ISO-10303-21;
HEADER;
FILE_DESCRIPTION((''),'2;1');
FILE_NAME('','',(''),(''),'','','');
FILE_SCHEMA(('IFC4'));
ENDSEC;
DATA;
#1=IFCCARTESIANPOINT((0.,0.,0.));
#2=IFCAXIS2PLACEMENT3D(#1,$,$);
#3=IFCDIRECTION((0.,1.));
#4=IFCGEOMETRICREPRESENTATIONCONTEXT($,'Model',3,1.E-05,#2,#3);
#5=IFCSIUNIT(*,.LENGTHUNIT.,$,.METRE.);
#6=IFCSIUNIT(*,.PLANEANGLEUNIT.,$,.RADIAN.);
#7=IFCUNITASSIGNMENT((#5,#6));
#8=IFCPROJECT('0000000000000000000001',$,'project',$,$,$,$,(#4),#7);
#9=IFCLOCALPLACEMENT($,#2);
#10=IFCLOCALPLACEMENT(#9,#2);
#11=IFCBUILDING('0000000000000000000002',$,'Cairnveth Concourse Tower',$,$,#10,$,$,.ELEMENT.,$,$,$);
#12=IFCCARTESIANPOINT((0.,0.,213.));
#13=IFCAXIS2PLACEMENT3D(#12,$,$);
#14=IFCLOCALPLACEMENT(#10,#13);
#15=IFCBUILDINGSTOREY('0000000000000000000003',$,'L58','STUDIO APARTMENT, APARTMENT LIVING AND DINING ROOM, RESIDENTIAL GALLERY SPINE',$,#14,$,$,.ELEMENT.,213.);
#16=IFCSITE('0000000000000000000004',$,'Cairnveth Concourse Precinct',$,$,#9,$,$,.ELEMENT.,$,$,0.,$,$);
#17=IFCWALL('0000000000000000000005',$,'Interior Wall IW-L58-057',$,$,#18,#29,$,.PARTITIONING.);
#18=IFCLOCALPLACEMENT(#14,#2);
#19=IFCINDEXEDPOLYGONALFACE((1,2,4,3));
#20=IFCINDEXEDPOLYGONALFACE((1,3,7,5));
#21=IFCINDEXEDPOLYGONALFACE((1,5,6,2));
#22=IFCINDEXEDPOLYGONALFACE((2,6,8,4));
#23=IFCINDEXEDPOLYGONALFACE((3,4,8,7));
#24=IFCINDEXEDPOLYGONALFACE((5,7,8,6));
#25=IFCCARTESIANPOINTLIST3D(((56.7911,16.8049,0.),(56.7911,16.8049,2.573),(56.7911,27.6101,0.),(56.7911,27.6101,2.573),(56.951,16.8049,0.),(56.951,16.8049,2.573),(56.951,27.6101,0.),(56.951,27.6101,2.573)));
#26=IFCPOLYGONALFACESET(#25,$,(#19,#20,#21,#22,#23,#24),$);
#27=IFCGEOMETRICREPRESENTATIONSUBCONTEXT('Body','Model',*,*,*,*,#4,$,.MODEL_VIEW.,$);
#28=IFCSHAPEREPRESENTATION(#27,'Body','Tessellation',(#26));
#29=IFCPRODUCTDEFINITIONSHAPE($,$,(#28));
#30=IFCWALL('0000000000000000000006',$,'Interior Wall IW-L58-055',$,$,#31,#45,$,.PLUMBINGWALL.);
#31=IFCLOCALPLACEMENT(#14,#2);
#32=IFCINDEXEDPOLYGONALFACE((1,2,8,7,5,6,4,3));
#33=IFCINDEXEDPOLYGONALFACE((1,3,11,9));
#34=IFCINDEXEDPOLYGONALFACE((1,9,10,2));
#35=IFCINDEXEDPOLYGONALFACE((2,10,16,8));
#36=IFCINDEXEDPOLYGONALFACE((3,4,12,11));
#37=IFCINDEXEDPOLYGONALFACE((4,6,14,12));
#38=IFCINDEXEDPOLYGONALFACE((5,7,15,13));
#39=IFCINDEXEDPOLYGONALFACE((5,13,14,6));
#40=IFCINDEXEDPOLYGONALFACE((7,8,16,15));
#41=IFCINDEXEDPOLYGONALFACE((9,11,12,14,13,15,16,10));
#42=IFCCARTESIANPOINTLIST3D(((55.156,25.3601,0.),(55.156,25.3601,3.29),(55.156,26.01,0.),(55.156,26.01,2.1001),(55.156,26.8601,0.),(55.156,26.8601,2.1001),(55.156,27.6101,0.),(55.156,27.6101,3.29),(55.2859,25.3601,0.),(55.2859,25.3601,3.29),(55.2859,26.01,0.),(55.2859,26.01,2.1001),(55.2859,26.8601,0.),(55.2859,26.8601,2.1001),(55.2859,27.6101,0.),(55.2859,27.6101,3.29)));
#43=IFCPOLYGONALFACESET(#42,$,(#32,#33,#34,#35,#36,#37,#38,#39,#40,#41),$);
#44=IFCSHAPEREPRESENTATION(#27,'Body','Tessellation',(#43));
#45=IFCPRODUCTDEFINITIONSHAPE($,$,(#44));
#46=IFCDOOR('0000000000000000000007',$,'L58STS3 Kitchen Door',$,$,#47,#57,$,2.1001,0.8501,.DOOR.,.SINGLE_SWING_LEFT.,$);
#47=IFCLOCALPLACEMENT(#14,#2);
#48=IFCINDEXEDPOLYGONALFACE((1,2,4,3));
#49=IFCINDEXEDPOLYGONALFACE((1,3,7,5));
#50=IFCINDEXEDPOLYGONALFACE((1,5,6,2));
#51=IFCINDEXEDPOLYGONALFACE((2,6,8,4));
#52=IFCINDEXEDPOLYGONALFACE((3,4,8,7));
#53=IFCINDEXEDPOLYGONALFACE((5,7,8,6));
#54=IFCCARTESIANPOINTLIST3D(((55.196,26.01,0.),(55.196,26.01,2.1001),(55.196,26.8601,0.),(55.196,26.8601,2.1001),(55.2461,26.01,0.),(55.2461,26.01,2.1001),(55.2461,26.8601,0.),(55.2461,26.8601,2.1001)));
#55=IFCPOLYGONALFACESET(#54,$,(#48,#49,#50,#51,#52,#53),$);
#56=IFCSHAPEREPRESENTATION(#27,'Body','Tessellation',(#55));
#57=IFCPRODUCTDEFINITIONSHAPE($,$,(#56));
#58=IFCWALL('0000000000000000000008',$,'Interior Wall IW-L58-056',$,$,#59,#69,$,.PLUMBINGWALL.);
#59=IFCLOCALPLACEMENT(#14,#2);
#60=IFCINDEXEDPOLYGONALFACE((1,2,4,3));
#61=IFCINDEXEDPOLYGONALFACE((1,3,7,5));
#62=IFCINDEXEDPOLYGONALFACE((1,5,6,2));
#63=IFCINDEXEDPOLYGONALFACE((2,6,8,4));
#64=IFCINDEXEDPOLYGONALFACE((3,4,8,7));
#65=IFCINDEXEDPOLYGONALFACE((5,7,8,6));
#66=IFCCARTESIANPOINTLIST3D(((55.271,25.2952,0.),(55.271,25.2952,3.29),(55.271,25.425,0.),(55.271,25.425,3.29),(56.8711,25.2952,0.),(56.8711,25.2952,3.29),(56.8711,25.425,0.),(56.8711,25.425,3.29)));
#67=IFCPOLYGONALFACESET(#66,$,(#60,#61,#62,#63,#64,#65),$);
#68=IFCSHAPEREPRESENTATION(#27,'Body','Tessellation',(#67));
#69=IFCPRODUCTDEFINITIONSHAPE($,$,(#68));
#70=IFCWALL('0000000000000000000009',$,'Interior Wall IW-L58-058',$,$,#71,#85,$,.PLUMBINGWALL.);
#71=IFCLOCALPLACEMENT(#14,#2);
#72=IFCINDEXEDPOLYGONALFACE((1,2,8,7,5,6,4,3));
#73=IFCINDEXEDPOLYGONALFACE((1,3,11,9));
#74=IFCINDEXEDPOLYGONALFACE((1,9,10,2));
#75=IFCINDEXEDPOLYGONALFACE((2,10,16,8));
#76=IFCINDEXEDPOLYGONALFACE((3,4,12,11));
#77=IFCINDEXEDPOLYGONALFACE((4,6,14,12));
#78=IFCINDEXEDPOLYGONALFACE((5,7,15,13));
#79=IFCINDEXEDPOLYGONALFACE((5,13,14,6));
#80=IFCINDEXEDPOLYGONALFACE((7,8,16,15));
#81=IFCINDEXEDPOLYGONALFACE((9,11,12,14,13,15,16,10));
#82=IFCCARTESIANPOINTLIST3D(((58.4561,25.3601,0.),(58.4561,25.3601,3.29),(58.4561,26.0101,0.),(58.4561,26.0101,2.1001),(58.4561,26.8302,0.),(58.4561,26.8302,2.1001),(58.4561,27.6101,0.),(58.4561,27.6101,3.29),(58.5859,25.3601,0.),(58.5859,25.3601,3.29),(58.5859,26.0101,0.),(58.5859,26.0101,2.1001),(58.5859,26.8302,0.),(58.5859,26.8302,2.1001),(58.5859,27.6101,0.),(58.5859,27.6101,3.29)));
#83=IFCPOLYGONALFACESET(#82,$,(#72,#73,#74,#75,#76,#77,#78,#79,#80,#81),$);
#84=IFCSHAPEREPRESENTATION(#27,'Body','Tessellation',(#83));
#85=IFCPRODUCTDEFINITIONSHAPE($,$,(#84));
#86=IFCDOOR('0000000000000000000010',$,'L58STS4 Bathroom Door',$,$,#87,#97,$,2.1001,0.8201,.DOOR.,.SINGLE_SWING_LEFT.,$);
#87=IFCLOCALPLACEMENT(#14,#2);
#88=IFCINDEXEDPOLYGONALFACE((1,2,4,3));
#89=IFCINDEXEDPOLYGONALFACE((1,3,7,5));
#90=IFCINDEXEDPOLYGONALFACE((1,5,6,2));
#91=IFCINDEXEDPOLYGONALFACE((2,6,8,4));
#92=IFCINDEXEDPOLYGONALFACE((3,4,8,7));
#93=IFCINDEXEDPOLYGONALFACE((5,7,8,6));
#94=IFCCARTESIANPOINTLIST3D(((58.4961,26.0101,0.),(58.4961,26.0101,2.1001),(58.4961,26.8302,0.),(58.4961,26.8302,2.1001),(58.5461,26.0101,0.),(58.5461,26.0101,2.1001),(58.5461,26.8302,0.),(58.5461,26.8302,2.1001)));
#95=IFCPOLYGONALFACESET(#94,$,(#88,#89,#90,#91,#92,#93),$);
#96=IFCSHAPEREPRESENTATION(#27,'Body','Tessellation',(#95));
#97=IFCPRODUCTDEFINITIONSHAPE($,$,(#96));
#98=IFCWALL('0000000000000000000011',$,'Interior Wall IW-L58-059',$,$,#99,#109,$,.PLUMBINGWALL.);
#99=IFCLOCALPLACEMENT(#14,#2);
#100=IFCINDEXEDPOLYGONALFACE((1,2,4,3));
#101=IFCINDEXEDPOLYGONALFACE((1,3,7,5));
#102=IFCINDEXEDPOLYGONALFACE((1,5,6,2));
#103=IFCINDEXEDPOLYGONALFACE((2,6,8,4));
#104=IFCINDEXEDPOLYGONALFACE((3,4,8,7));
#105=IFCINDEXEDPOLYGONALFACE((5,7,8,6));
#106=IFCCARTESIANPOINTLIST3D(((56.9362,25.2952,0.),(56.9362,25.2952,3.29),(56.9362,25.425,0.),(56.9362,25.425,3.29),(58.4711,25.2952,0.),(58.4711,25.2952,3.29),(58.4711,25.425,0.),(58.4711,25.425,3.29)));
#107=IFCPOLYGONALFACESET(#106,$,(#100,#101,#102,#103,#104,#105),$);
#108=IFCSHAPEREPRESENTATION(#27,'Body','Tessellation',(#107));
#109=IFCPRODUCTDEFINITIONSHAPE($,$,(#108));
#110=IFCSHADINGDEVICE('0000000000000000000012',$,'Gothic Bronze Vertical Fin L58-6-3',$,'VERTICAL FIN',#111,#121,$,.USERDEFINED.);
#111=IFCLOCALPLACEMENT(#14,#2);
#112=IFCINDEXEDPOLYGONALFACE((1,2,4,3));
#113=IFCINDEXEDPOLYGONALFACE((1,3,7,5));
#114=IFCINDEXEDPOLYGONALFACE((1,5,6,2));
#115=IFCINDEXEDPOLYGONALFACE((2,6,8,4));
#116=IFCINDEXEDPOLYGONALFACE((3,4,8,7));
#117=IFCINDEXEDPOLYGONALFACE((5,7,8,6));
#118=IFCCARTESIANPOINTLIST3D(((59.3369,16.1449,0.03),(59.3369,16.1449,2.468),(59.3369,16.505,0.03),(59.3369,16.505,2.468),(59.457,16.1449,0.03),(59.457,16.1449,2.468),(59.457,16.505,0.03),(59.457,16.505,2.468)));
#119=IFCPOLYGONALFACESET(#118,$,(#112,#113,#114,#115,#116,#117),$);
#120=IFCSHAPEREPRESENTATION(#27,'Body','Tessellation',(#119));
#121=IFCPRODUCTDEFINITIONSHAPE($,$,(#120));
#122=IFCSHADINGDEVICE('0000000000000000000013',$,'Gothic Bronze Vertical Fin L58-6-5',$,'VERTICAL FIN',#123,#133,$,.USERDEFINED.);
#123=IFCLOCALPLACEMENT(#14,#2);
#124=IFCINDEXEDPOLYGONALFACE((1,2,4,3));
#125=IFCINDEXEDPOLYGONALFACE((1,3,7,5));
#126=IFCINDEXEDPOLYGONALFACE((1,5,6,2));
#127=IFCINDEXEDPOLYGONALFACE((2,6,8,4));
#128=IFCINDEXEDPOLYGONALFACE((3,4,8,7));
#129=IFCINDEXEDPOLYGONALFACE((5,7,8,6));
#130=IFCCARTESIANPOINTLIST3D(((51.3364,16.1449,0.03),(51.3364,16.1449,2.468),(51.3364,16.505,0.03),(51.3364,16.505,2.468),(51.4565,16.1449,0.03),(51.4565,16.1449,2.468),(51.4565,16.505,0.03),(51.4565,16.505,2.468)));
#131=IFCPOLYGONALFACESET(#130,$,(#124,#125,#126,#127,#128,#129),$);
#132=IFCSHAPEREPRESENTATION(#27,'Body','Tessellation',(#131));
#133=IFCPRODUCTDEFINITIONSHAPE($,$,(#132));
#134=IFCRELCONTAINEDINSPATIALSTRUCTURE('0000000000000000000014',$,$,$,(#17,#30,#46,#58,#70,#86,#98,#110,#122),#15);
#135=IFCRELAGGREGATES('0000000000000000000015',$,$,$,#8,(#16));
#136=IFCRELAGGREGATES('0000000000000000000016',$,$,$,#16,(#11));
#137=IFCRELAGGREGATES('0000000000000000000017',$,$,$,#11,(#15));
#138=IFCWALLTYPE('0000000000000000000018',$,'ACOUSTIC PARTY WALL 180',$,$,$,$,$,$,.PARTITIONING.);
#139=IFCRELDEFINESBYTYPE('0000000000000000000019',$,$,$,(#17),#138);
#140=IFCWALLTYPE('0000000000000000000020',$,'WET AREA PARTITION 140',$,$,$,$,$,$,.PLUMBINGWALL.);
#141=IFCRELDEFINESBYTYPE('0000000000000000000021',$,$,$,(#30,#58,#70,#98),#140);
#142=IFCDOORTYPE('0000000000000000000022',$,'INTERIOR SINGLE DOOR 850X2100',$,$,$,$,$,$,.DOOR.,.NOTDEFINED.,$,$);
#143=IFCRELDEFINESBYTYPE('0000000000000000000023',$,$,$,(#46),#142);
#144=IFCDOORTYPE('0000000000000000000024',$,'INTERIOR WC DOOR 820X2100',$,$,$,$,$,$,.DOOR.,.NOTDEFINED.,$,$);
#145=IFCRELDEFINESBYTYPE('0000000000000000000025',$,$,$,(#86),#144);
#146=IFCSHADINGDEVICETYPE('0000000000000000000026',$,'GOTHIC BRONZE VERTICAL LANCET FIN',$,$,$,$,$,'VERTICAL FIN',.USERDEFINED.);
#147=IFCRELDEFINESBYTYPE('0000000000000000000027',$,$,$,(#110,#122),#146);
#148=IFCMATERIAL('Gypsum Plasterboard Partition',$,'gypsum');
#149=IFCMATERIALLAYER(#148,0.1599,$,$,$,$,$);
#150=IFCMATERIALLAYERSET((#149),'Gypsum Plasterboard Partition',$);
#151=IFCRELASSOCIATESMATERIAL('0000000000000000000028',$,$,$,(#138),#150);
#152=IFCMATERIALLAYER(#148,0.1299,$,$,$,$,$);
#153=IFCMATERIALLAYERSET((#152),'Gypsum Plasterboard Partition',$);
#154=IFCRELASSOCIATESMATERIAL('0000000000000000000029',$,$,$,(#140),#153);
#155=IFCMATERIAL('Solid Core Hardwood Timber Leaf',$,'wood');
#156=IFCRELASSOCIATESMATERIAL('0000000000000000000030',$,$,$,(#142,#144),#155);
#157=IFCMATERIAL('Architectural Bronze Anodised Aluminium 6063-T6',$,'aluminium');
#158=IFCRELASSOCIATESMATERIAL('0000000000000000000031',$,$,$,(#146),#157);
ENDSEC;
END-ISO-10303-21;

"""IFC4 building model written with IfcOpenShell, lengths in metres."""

from ifc_helpers import new_model, si_unit, direction, frame, frame_2d, origin, origin_2d, place, context, subcontext, project, spatial, rectangle, extrude, material, layer, layer_set, type_object, element, fill, save


model = new_model("IFC4")

# Units and contexts
model_context = context("Model", 3, precision=1e-05, world=origin(), true_north=direction((0.0, 1.0)))
body_context = subcontext(model_context, "Body", "Model", "MODEL_VIEW")
ifc_project = project(units=[si_unit("LENGTHUNIT", "METRE"), si_unit("PLANEANGLEUNIT", "RADIAN")], contexts=[model_context])

# Site, building, storey
site_placement = place(None, origin())
site = spatial("IfcSite", under=ifc_project, at=site_placement, Name="Cairnveth Concourse Precinct", CompositionType="ELEMENT", RefElevation=0.0)
building_placement = place(site_placement, origin())
building = spatial("IfcBuilding", under=site, at=building_placement, Name="Cairnveth Concourse Tower", CompositionType="ELEMENT")
storey_placement = place(building_placement, frame((0.0, 0.0, 213.0)))
storey = spatial("IfcBuildingStorey", under=building, at=storey_placement, Name="L58", Description="STUDIO APARTMENT, APARTMENT LIVING AND DINING ROOM, RESIDENTIAL GALLERY SPINE", CompositionType="ELEMENT", Elevation=213.0)

# Shared definitions
ifc_material_1 = material(Name="Gypsum Plasterboard Partition", Category="gypsum")
ifc_layer_1 = layer(ifc_material_1, 0.1599)
ifc_layer_set_1 = layer_set([ifc_layer_1], Name="Gypsum Plasterboard Partition")
wall_type_1 = type_object("IfcWallType", Name="ACOUSTIC PARTY WALL 180", PredefinedType="PARTITIONING", material=ifc_layer_set_1)
ifc_material_2 = material(Name="Solid Core Hardwood Timber Leaf", Category="wood")

# Wall
wall_1_placement = place(storey_placement, frame((56.8711, 16.8049, 0.0), z_axis=(0.0, 0.0, 1.0), x_axis=(0.0, 1.0, 0.0)))
element("IfcWall", 1, at=wall_1_placement, inside=storey, type_object=wall_type_1, Name="Interior Wall IW-L58-057", PredefinedType="PARTITIONING", context=body_context, shape_type="SweptSolid", body=[
    extrude(rectangle(XDim=10.8052, YDim=0.1599, at=frame_2d((5.4026, 0.0))), origin(), (0.0, 0.0, 1.0), 2.573),
])

# Wall, opening, door
ifc_layer_2 = layer(ifc_material_1, 0.1299)
ifc_layer_set_2 = layer_set([ifc_layer_2], Name="Gypsum Plasterboard Partition")
wall_type_2 = type_object("IfcWallType", Name="WET AREA PARTITION 140", PredefinedType="PLUMBINGWALL", material=ifc_layer_set_2)
wall_2_placement = place(storey_placement, frame((55.2209, 25.3601, 0.0), z_axis=(0.0, 0.0, 1.0), x_axis=(0.0, 1.0, 0.0)))
wall_2 = element("IfcWall", 2, at=wall_2_placement, inside=storey, type_object=wall_type_2, Name="Interior Wall IW-L58-055", PredefinedType="PLUMBINGWALL", context=body_context, shape_type="SweptSolid", body=[
    extrude(rectangle(XDim=2.25, YDim=0.1299, at=frame_2d((1.125, 0.0))), origin(), (0.0, 0.0, 1.0), 3.29),
])
opening_1_placement = place(wall_2_placement, frame((0.6499, 0.0, 0.0)))
opening_1 = element("IfcOpeningElement", 3, at=opening_1_placement, cuts=wall_2, PredefinedType="OPENING", context=body_context, shape_type="SweptSolid", body=[
    extrude(rectangle(XDim=0.8501, YDim=2.1001, at=frame_2d((0.425, 1.05))), frame((0.0, 0.075, 0.0), z_axis=(0.0, -1.0, 0.0), x_axis=(1.0, 0.0, 0.0)), (0.0, 0.0, 1.0), 0.1499),
])
door_type_1 = type_object("IfcDoorType", Name="INTERIOR SINGLE DOOR 850X2100", OperationType="NOTDEFINED", PredefinedType="DOOR", material=ifc_material_2)
door_1_placement = place(opening_1_placement, origin())
door_1 = element("IfcDoor", 4, at=door_1_placement, inside=storey, type_object=door_type_1, Name="L58STS3 Kitchen Door", OperationType="SINGLE_SWING_LEFT", OverallHeight=2.1001, OverallWidth=0.8501, PredefinedType="DOOR", context=body_context, shape_type="SweptSolid", body=[
    extrude(rectangle(XDim=0.8501, YDim=2.1001, at=frame_2d((0.425, 1.05))), frame((0.0, 0.0249, 0.0), z_axis=(0.0, -1.0, 0.0), x_axis=(1.0, 0.0, 0.0)), (0.0, 0.0, 1.0), 0.05),
])
fill(opening_1, door_1)

# Wall
wall_3_placement = place(storey_placement, frame((55.271, 25.3601, 0.0), z_axis=(0.0, 0.0, 1.0), x_axis=(1.0, 0.0, 0.0)))
element("IfcWall", 5, at=wall_3_placement, inside=storey, type_object=wall_type_2, Name="Interior Wall IW-L58-056", PredefinedType="PLUMBINGWALL", context=body_context, shape_type="SweptSolid", body=[
    extrude(rectangle(XDim=1.6001, YDim=0.1299, at=frame_2d((0.8, 0.0))), origin(), (0.0, 0.0, 1.0), 3.29),
])

# Wall, opening, door
wall_4_placement = place(storey_placement, frame((58.521, 25.3601, 0.0), z_axis=(0.0, 0.0, 1.0), x_axis=(0.0, 1.0, 0.0)))
wall_4 = element("IfcWall", 6, at=wall_4_placement, inside=storey, type_object=wall_type_2, Name="Interior Wall IW-L58-058", PredefinedType="PLUMBINGWALL", context=body_context, shape_type="SweptSolid", body=[
    extrude(rectangle(XDim=2.25, YDim=0.1299, at=frame_2d((1.125, 0.0))), origin(), (0.0, 0.0, 1.0), 3.29),
])
opening_2_placement = place(wall_4_placement, frame((0.6499, 0.0, 0.0)))
opening_2 = element("IfcOpeningElement", 7, at=opening_2_placement, cuts=wall_4, PredefinedType="OPENING", context=body_context, shape_type="SweptSolid", body=[
    extrude(rectangle(XDim=0.8201, YDim=2.1001, at=frame_2d((0.4102, 1.05))), frame((0.0, 0.075, 0.0), z_axis=(0.0, -1.0, 0.0), x_axis=(1.0, 0.0, 0.0)), (0.0, 0.0, 1.0), 0.1499),
])
door_type_2 = type_object("IfcDoorType", Name="INTERIOR WC DOOR 820X2100", OperationType="NOTDEFINED", PredefinedType="DOOR", material=ifc_material_2)
door_2_placement = place(opening_2_placement, origin())
door_2 = element("IfcDoor", 8, at=door_2_placement, inside=storey, type_object=door_type_2, Name="L58STS4 Bathroom Door", OperationType="SINGLE_SWING_LEFT", OverallHeight=2.1001, OverallWidth=0.8201, PredefinedType="DOOR", context=body_context, shape_type="SweptSolid", body=[
    extrude(rectangle(XDim=0.8201, YDim=2.1001, at=frame_2d((0.4102, 1.05))), frame((0.0, 0.0249, 0.0), z_axis=(0.0, -1.0, 0.0), x_axis=(1.0, 0.0, 0.0)), (0.0, 0.0, 1.0), 0.05),
])
fill(opening_2, door_2)

# Wall
wall_5_placement = place(storey_placement, frame((56.936, 25.3601, 0.0), z_axis=(0.0, 0.0, 1.0), x_axis=(1.0, 0.0, 0.0)))
element("IfcWall", 9, at=wall_5_placement, inside=storey, type_object=wall_type_2, Name="Interior Wall IW-L58-059", PredefinedType="PLUMBINGWALL", context=body_context, shape_type="SweptSolid", body=[
    extrude(rectangle(XDim=1.5349, YDim=0.1299, at=frame_2d((0.7676, 0.0))), origin(), (0.0, 0.0, 1.0), 3.29),
])

# Shading devices
ifc_material_3 = material(Name="Architectural Bronze Anodised Aluminium 6063-T6", Category="aluminium")
shading_device_type = type_object("IfcShadingDeviceType", Name="GOTHIC BRONZE VERTICAL LANCET FIN", ElementType="VERTICAL FIN", PredefinedType="USERDEFINED", material=ifc_material_3)
for number, where, z_axis, x_axis, name in (
    (10, (59.397, 16.325, 0.03), (0.0, 0.0, 1.0), (1.0, 0.0, 0.0), "Gothic Bronze Vertical Fin L58-6-3"),
    (11, (51.3965, 16.325, 0.03), (0.0, 0.0, 1.0), (1.0, 0.0, 0.0), "Gothic Bronze Vertical Fin L58-6-5"),
):
    element("IfcShadingDevice", number, at=place(storey_placement, frame(where, z_axis=z_axis, x_axis=x_axis)), inside=storey, type_object=shading_device_type, Name=name, ObjectType="VERTICAL FIN", PredefinedType="USERDEFINED", context=body_context, shape_type="SweptSolid", body=[
        extrude(rectangle(XDim=0.1201, YDim=0.3601, at=origin_2d()), origin(), (0.0, 0.0, 1.0), 2.438),
    ])

save(model, "model.ifc")
